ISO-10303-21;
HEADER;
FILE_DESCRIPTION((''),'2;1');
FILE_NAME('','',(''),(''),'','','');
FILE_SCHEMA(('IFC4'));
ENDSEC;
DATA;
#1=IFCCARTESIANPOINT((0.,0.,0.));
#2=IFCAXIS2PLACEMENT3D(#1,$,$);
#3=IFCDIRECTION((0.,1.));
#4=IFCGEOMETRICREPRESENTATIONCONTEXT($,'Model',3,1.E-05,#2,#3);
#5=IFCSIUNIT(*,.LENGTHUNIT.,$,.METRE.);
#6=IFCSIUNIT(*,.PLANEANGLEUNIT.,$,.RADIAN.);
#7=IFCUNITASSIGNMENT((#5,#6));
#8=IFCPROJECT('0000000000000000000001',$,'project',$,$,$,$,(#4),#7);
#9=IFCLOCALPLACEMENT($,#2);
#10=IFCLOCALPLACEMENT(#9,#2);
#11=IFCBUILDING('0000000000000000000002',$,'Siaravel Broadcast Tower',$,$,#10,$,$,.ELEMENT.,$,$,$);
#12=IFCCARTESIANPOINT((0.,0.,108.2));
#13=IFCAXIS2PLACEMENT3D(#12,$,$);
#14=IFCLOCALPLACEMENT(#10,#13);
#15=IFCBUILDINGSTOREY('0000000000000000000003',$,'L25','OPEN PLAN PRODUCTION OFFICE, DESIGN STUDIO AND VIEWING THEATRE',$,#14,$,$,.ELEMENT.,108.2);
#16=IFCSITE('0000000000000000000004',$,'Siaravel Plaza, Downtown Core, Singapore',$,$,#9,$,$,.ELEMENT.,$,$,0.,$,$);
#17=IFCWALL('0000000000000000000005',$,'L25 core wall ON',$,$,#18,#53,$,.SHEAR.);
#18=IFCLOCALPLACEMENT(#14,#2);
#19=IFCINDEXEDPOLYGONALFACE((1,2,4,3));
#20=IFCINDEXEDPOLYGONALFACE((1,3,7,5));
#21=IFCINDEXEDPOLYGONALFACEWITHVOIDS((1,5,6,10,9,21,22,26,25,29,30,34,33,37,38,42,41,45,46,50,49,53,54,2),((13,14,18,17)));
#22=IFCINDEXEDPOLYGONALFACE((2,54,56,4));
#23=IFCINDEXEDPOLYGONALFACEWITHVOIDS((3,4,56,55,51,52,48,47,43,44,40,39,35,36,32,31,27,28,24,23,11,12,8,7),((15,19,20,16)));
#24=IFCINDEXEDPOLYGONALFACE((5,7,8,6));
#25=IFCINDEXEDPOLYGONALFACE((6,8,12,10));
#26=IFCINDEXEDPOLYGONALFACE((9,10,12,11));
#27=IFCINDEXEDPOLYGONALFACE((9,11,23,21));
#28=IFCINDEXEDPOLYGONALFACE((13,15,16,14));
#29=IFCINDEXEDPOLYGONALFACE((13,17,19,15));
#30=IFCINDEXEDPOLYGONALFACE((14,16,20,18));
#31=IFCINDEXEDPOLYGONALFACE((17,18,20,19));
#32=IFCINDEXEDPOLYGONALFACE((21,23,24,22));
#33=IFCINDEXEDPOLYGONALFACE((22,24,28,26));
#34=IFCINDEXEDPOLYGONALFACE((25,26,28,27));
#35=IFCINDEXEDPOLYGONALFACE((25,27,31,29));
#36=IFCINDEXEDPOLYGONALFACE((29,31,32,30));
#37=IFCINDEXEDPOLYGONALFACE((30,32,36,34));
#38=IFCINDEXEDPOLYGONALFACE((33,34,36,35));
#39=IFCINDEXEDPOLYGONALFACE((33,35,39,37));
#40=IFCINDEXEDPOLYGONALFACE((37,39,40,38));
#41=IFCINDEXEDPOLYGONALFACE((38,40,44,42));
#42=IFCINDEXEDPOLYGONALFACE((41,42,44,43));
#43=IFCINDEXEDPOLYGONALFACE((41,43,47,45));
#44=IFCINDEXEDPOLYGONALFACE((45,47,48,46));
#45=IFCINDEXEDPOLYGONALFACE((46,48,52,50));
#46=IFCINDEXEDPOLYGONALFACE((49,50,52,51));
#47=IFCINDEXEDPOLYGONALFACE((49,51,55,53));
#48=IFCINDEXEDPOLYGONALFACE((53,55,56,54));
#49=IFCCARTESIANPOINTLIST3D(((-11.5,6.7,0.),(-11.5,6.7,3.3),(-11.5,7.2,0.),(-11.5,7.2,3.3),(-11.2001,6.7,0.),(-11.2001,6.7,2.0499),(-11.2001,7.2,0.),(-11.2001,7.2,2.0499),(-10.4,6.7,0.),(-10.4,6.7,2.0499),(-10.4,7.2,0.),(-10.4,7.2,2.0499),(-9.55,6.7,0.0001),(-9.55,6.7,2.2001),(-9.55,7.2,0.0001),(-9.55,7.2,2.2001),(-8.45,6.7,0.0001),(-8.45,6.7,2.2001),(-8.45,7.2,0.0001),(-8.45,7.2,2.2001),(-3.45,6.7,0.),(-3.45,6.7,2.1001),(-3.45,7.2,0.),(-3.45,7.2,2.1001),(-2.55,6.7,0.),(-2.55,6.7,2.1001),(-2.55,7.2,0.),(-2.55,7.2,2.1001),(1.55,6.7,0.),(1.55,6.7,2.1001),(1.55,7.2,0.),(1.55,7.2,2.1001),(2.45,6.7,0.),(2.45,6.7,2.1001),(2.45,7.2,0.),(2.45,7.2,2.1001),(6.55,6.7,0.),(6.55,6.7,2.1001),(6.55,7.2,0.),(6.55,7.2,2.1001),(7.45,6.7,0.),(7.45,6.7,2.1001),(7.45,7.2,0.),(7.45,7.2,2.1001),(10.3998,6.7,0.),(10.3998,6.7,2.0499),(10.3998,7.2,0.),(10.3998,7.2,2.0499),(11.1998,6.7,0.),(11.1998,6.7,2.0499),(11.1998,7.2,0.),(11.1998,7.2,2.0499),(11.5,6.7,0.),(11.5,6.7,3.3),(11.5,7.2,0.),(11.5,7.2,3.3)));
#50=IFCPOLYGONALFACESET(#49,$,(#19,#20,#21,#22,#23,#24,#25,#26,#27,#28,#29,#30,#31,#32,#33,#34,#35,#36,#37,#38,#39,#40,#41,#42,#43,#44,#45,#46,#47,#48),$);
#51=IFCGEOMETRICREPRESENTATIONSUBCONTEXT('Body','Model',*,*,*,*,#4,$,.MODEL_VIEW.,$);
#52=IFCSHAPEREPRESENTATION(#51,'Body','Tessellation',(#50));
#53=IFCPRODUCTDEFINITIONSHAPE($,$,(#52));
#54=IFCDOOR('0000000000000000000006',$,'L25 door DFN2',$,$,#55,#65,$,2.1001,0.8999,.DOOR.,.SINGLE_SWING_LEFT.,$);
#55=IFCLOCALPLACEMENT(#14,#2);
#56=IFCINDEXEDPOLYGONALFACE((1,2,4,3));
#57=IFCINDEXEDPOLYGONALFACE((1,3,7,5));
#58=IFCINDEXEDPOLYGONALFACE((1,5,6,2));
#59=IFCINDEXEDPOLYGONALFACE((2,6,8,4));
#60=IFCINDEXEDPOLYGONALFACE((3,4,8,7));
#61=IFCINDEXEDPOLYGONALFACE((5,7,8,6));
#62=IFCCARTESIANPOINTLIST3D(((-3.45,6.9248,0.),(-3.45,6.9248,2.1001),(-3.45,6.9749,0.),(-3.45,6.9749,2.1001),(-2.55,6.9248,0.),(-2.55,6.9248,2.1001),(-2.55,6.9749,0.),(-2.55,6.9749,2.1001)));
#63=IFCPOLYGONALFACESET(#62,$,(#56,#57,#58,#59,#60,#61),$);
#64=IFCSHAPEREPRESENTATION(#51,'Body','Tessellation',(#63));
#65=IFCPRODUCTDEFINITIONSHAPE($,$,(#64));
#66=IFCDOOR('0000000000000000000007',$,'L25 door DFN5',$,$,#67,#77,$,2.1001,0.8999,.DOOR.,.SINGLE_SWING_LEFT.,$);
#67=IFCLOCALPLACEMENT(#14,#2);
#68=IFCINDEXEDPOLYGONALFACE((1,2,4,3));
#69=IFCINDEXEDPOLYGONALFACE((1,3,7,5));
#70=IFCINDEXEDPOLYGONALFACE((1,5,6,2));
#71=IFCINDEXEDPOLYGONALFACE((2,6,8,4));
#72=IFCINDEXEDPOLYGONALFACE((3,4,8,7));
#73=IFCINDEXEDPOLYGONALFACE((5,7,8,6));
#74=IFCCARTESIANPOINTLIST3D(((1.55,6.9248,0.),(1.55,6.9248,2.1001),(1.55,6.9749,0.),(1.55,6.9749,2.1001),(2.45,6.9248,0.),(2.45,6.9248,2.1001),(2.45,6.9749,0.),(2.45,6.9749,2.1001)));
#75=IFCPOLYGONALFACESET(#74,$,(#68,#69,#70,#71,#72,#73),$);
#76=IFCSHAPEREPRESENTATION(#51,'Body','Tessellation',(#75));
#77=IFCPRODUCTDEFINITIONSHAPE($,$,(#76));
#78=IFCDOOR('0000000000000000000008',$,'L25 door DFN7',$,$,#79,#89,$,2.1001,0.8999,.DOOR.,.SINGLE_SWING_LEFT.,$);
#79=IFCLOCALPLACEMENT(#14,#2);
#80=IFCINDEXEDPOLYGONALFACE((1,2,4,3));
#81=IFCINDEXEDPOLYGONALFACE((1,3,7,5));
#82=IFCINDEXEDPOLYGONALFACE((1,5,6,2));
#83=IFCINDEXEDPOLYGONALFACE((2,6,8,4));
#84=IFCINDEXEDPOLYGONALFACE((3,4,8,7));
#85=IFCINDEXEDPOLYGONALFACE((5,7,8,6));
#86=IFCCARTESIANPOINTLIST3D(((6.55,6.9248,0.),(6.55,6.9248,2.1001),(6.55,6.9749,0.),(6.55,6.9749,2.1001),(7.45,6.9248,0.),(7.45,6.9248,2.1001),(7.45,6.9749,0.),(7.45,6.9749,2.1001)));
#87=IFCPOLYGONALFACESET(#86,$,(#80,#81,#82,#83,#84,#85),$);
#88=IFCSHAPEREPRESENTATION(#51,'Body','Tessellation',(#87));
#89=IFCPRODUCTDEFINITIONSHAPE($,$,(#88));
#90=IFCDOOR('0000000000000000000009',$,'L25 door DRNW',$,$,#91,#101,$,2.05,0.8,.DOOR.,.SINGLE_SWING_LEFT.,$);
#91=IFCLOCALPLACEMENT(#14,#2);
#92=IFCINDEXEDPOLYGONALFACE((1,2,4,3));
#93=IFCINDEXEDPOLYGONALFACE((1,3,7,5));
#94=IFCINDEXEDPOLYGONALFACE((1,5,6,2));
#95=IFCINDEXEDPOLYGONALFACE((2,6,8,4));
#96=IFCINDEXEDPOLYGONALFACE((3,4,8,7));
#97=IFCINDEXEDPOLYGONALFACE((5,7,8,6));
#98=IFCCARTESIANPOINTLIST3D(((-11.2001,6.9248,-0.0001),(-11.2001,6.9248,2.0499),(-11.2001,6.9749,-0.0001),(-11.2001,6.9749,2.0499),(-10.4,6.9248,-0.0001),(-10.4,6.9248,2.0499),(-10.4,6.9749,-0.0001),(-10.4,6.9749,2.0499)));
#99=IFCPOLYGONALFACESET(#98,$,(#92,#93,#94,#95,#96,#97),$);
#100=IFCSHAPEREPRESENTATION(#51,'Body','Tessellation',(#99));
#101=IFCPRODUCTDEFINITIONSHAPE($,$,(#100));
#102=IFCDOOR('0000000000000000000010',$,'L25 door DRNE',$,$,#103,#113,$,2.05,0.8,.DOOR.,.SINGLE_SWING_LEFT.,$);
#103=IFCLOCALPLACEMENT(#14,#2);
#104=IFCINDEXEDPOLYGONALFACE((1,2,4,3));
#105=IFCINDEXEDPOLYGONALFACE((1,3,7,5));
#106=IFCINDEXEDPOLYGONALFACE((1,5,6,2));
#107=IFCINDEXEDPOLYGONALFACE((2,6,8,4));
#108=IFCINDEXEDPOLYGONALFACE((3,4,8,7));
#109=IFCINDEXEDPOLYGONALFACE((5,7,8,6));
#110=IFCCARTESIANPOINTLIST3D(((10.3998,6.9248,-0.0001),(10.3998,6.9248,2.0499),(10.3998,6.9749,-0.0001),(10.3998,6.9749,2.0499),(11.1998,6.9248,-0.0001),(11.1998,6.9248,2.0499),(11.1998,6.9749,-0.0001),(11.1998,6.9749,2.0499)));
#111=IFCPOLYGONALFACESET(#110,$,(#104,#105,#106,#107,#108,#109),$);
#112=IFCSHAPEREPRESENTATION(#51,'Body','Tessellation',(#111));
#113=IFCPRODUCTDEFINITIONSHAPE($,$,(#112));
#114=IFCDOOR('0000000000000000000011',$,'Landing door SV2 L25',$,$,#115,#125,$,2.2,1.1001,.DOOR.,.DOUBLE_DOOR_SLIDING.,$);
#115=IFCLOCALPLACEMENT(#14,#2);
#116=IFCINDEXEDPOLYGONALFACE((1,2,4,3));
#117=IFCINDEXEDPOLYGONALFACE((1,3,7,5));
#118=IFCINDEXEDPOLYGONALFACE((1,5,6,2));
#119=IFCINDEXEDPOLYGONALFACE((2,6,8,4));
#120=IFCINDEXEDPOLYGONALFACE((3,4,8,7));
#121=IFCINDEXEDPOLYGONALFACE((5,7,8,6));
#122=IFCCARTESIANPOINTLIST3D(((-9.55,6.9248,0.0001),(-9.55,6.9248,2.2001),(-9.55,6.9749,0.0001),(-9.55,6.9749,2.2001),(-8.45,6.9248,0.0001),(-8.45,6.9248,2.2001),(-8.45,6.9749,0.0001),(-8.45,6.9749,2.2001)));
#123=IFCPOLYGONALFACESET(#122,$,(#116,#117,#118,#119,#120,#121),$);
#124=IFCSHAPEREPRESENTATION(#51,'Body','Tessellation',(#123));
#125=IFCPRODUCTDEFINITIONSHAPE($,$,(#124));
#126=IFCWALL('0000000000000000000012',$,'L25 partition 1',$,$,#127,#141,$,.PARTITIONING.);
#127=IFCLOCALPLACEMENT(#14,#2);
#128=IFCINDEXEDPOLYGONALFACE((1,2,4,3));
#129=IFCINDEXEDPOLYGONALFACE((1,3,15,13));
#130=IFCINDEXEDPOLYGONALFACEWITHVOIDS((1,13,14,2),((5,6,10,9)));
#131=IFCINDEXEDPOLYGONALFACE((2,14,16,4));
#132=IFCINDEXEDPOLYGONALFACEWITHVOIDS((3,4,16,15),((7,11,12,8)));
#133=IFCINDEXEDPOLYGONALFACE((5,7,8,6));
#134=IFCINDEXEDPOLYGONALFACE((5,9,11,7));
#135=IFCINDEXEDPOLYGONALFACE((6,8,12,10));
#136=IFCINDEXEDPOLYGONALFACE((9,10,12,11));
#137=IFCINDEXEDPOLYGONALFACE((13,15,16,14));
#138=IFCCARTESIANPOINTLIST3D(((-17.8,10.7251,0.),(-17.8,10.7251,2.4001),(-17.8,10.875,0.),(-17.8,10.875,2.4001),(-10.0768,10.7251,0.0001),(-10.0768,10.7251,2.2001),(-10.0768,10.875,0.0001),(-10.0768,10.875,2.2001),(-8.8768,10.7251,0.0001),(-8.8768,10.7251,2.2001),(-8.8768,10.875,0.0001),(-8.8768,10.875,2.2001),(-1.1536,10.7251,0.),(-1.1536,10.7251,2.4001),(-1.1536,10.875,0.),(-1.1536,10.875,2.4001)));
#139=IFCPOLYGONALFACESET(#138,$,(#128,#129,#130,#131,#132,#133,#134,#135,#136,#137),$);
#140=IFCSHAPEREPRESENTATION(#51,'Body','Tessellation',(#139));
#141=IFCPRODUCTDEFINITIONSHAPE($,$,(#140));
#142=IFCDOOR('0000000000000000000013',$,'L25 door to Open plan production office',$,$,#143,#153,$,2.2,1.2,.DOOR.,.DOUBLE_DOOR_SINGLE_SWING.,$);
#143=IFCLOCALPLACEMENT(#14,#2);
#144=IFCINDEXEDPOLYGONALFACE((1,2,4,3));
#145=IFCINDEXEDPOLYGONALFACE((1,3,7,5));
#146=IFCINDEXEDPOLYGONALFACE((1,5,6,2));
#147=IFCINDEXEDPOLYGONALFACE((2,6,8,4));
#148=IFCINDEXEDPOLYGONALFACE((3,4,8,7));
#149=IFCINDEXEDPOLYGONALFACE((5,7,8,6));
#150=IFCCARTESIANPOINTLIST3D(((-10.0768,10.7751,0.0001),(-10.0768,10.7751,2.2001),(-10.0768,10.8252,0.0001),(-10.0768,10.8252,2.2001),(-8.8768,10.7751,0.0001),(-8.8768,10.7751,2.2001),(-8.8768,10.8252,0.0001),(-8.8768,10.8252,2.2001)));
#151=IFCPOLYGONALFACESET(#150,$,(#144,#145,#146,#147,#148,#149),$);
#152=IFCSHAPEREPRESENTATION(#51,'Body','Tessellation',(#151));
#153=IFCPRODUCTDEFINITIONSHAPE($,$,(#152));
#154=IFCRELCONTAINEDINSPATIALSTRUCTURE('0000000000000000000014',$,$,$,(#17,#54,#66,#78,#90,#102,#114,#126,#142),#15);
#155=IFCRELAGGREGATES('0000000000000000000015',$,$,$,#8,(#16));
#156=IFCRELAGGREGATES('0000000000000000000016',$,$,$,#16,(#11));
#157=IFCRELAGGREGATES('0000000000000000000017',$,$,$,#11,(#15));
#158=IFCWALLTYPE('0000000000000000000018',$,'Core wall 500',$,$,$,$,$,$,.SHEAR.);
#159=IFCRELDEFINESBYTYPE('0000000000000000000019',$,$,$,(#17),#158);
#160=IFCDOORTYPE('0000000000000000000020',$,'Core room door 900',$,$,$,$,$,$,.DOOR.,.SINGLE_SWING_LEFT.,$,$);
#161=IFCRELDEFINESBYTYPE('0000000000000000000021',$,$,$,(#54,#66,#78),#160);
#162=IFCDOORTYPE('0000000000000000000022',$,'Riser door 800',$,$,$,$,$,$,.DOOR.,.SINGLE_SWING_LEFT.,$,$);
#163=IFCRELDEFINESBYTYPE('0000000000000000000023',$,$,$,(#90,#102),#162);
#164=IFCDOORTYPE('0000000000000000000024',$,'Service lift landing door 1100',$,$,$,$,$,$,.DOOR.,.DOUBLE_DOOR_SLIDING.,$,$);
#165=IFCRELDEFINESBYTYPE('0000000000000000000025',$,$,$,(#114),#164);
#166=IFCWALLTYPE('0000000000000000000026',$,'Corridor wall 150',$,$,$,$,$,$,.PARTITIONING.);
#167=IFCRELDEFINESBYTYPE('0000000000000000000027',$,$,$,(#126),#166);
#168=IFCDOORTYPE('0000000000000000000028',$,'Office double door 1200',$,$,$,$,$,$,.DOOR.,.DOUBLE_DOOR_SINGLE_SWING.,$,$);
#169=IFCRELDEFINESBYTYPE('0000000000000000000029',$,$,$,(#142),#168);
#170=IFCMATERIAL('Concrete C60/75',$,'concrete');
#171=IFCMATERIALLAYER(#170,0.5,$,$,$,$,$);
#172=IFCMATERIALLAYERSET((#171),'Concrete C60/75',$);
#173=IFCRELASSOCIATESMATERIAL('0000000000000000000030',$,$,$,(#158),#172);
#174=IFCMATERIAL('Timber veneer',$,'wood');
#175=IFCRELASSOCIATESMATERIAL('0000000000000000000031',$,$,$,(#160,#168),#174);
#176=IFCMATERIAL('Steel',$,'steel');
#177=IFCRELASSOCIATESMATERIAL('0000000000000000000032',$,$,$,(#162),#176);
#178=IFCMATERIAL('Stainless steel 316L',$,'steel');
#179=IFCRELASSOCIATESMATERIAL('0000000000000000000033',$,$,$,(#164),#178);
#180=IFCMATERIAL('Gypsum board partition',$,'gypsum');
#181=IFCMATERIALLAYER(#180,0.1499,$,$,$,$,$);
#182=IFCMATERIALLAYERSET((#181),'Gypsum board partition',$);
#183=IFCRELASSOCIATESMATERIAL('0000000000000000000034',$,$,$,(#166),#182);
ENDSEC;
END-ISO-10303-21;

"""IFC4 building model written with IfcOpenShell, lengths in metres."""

from ifc_helpers import new_model, si_unit, direction, frame, frame_2d, origin, place, context, subcontext, project, spatial, rectangle, extrude, material, layer, layer_set, type_object, element, fill, save


model = new_model("IFC4")

# Units and contexts
model_context = context("Model", 3, precision=1e-05, world=origin(), true_north=direction((0.0, 1.0)))
body_context = subcontext(model_context, "Body", "Model", "MODEL_VIEW")
ifc_project = project(units=[si_unit("LENGTHUNIT", "METRE"), si_unit("PLANEANGLEUNIT", "RADIAN")], contexts=[model_context])

# Site, building, storey
site_placement = place(None, origin())
site = spatial("IfcSite", under=ifc_project, at=site_placement, Name="Siaravel Plaza, Downtown Core, Singapore", CompositionType="ELEMENT", RefElevation=0.0)
building_placement = place(site_placement, origin())
building = spatial("IfcBuilding", under=site, at=building_placement, Name="Siaravel Broadcast Tower", CompositionType="ELEMENT")
storey_placement = place(building_placement, frame((0.0, 0.0, 108.2)))
storey = spatial("IfcBuildingStorey", under=building, at=storey_placement, Name="L25", Description="OPEN PLAN PRODUCTION OFFICE, DESIGN STUDIO AND VIEWING THEATRE", CompositionType="ELEMENT", Elevation=108.2)

# Shared definitions
ifc_material_1 = material(Name="Concrete C60/75", Category="concrete")

# Wall, openings, doors
ifc_layer_1 = layer(ifc_material_1, 0.5)
ifc_layer_set_1 = layer_set([ifc_layer_1], Name="Concrete C60/75")
wall_type_1 = type_object("IfcWallType", Name="Core wall 500", PredefinedType="SHEAR", material=ifc_layer_set_1)
wall_1_placement = place(storey_placement, frame((-11.5, 6.95, 0.0), z_axis=(0.0, 0.0, 1.0), x_axis=(1.0, 0.0, 0.0)))
wall_1 = element("IfcWall", 1, at=wall_1_placement, inside=storey, type_object=wall_type_1, Name="L25 core wall ON", PredefinedType="SHEAR", context=body_context, shape_type="SweptSolid", body=[
    extrude(rectangle(XDim=23.0, YDim=0.5, at=frame_2d((11.5, 0.0))), origin(), (0.0, 0.0, 1.0), 3.3),
])
opening_1_placement = place(wall_1_placement, frame((1.95, 0.0, 0.0)))
opening_1 = element("IfcOpeningElement", 2, at=opening_1_placement, cuts=wall_1, PredefinedType="OPENING", context=body_context, shape_type="SweptSolid", body=[
    extrude(rectangle(XDim=1.1001, YDim=2.2, at=frame_2d((0.55, 1.1001))), frame((0.0, 0.26, 0.0), z_axis=(0.0, -1.0, 0.0), x_axis=(1.0, 0.0, 0.0)), (0.0, 0.0, 1.0), 0.52),
])
opening_2_placement = place(wall_1_placement, frame((8.05, 0.0, 0.0)))
opening_2 = element("IfcOpeningElement", 3, at=opening_2_placement, cuts=wall_1, PredefinedType="OPENING", context=body_context, shape_type="SweptSolid", body=[
    extrude(rectangle(XDim=0.8999, YDim=2.1001, at=frame_2d((0.45, 1.05))), frame((0.0, 0.26, 0.0), z_axis=(0.0, -1.0, 0.0), x_axis=(1.0, 0.0, 0.0)), (0.0, 0.0, 1.0), 0.52),
])
opening_3_placement = place(wall_1_placement, frame((13.05, 0.0, 0.0)))
opening_3 = element("IfcOpeningElement", 4, at=opening_3_placement, cuts=wall_1, PredefinedType="OPENING", context=body_context, shape_type="SweptSolid", body=[
    extrude(rectangle(XDim=0.8999, YDim=2.1001, at=frame_2d((0.45, 1.05))), frame((0.0, 0.26, 0.0), z_axis=(0.0, -1.0, 0.0), x_axis=(1.0, 0.0, 0.0)), (0.0, 0.0, 1.0), 0.52),
])
opening_4_placement = place(wall_1_placement, frame((18.05, 0.0, 0.0)))
opening_4 = element("IfcOpeningElement", 5, at=opening_4_placement, cuts=wall_1, PredefinedType="OPENING", context=body_context, shape_type="SweptSolid", body=[
    extrude(rectangle(XDim=0.8999, YDim=2.1001, at=frame_2d((0.45, 1.05))), frame((0.0, 0.26, 0.0), z_axis=(0.0, -1.0, 0.0), x_axis=(1.0, 0.0, 0.0)), (0.0, 0.0, 1.0), 0.52),
])
opening_5_placement = place(wall_1_placement, frame((0.3, 0.0, 0.0)))
opening_5 = element("IfcOpeningElement", 6, at=opening_5_placement, cuts=wall_1, PredefinedType="OPENING", context=body_context, shape_type="SweptSolid", body=[
    extrude(rectangle(XDim=0.8, YDim=2.05, at=frame_2d((0.3999, 1.0249))), frame((0.0, 0.26, 0.0), z_axis=(0.0, -1.0, 0.0), x_axis=(1.0, 0.0, 0.0)), (0.0, 0.0, 1.0), 0.52),
])
opening_6_placement = place(wall_1_placement, frame((21.8999, 0.0, 0.0)))
opening_6 = element("IfcOpeningElement", 7, at=opening_6_placement, cuts=wall_1, PredefinedType="OPENING", context=body_context, shape_type="SweptSolid", body=[
    extrude(rectangle(XDim=0.8, YDim=2.05, at=frame_2d((0.3999, 1.0249))), frame((0.0, 0.26, 0.0), z_axis=(0.0, -1.0, 0.0), x_axis=(1.0, 0.0, 0.0)), (0.0, 0.0, 1.0), 0.52),
])
ifc_material_2 = material(Name="Timber veneer", Category="wood")
door_type_1 = type_object("IfcDoorType", Name="Core room door 900", OperationType="SINGLE_SWING_LEFT", PredefinedType="DOOR", material=ifc_material_2)
door_1_placement = place(opening_2_placement, origin())
door_1 = element("IfcDoor", 8, at=door_1_placement, inside=storey, type_object=door_type_1, Name="L25 door DFN2", OperationType="SINGLE_SWING_LEFT", OverallHeight=2.1001, OverallWidth=0.8999, PredefinedType="DOOR", context=body_context, shape_type="SweptSolid", body=[
    extrude(rectangle(XDim=0.8999, YDim=2.1001, at=frame_2d((0.45, 1.05))), frame((0.0, 0.0249, 0.0), z_axis=(0.0, -1.0, 0.0), x_axis=(1.0, 0.0, 0.0)), (0.0, 0.0, 1.0), 0.05),
])
fill(opening_2, door_1)
door_2_placement = place(opening_3_placement, origin())
door_2 = element("IfcDoor", 9, at=door_2_placement, inside=storey, type_object=door_type_1, Name="L25 door DFN5", OperationType="SINGLE_SWING_LEFT", OverallHeight=2.1001, OverallWidth=0.8999, PredefinedType="DOOR", context=body_context, shape_type="SweptSolid", body=[
    extrude(rectangle(XDim=0.8999, YDim=2.1001, at=frame_2d((0.45, 1.05))), frame((0.0, 0.0249, 0.0), z_axis=(0.0, -1.0, 0.0), x_axis=(1.0, 0.0, 0.0)), (0.0, 0.0, 1.0), 0.05),
])
fill(opening_3, door_2)
door_3_placement = place(opening_4_placement, origin())
door_3 = element("IfcDoor", 10, at=door_3_placement, inside=storey, type_object=door_type_1, Name="L25 door DFN7", OperationType="SINGLE_SWING_LEFT", OverallHeight=2.1001, OverallWidth=0.8999, PredefinedType="DOOR", context=body_context, shape_type="SweptSolid", body=[
    extrude(rectangle(XDim=0.8999, YDim=2.1001, at=frame_2d((0.45, 1.05))), frame((0.0, 0.0249, 0.0), z_axis=(0.0, -1.0, 0.0), x_axis=(1.0, 0.0, 0.0)), (0.0, 0.0, 1.0), 0.05),
])
fill(opening_4, door_3)
ifc_material_3 = material(Name="Steel", Category="steel")
door_type_2 = type_object("IfcDoorType", Name="Riser door 800", OperationType="SINGLE_SWING_LEFT", PredefinedType="DOOR", material=ifc_material_3)
door_4_placement = place(opening_5_placement, origin())
door_4 = element("IfcDoor", 11, at=door_4_placement, inside=storey, type_object=door_type_2, Name="L25 door DRNW", OperationType="SINGLE_SWING_LEFT", OverallHeight=2.05, OverallWidth=0.8, PredefinedType="DOOR", context=body_context, shape_type="SweptSolid", body=[
    extrude(rectangle(XDim=0.8, YDim=2.05, at=frame_2d((0.3999, 1.0249))), frame((0.0, 0.0249, 0.0), z_axis=(0.0, -1.0, 0.0), x_axis=(1.0, 0.0, 0.0)), (0.0, 0.0, 1.0), 0.05),
])
fill(opening_5, door_4)
door_5_placement = place(opening_6_placement, origin())
door_5 = element("IfcDoor", 12, at=door_5_placement, inside=storey, type_object=door_type_2, Name="L25 door DRNE", OperationType="SINGLE_SWING_LEFT", OverallHeight=2.05, OverallWidth=0.8, PredefinedType="DOOR", context=body_context, shape_type="SweptSolid", body=[
    extrude(rectangle(XDim=0.8, YDim=2.05, at=frame_2d((0.3999, 1.0249))), frame((0.0, 0.0249, 0.0), z_axis=(0.0, -1.0, 0.0), x_axis=(1.0, 0.0, 0.0)), (0.0, 0.0, 1.0), 0.05),
])
fill(opening_6, door_5)
ifc_material_4 = material(Name="Stainless steel 316L", Category="steel")
door_type_3 = type_object("IfcDoorType", Name="Service lift landing door 1100", OperationType="DOUBLE_DOOR_SLIDING", PredefinedType="DOOR", material=ifc_material_4)
door_6_placement = place(opening_1_placement, origin())
door_6 = element("IfcDoor", 13, at=door_6_placement, inside=storey, type_object=door_type_3, Name="Landing door SV2 L25", OperationType="DOUBLE_DOOR_SLIDING", OverallHeight=2.2, OverallWidth=1.1001, PredefinedType="DOOR", context=body_context, shape_type="SweptSolid", body=[
    extrude(rectangle(XDim=1.1001, YDim=2.2, at=frame_2d((0.55, 1.1001))), frame((0.0, 0.0249, 0.0), z_axis=(0.0, -1.0, 0.0), x_axis=(1.0, 0.0, 0.0)), (0.0, 0.0, 1.0), 0.05),
])
fill(opening_1, door_6)

# Wall, opening, door
ifc_material_5 = material(Name="Gypsum board partition", Category="gypsum")
ifc_layer_2 = layer(ifc_material_5, 0.1499)
ifc_layer_set_2 = layer_set([ifc_layer_2], Name="Gypsum board partition")
wall_type_2 = type_object("IfcWallType", Name="Corridor wall 150", PredefinedType="PARTITIONING", material=ifc_layer_set_2)
wall_2_placement = place(storey_placement, frame((-1.1536, 10.8, 0.0), z_axis=(0.0, 0.0, 1.0), x_axis=(-1.0, 0.0, 0.0)))
wall_2 = element("IfcWall", 14, at=wall_2_placement, inside=storey, type_object=wall_type_2, Name="L25 partition 1", PredefinedType="PARTITIONING", context=body_context, shape_type="SweptSolid", body=[
    extrude(rectangle(XDim=16.6465, YDim=0.1499, at=frame_2d((8.3232, 0.0))), origin(), (0.0, 0.0, 1.0), 2.4001),
])
opening_7_placement = place(wall_2_placement, frame((7.7231, 0.0, 0.0)))
opening_7 = element("IfcOpeningElement", 15, at=opening_7_placement, cuts=wall_2, PredefinedType="OPENING", context=body_context, shape_type="SweptSolid", body=[
    extrude(rectangle(XDim=1.2, YDim=2.2, at=frame_2d((0.6001, 1.1001))), frame((0.0, 0.085, 0.0), z_axis=(0.0, -1.0, 0.0), x_axis=(1.0, 0.0, 0.0)), (0.0, 0.0, 1.0), 0.1699),
])
door_type_4 = type_object("IfcDoorType", Name="Office double door 1200", OperationType="DOUBLE_DOOR_SINGLE_SWING", PredefinedType="DOOR", material=ifc_material_2)
door_7_placement = place(opening_7_placement, origin())
door_7 = element("IfcDoor", 16, at=door_7_placement, inside=storey, type_object=door_type_4, Name="L25 door to Open plan production office", OperationType="DOUBLE_DOOR_SINGLE_SWING", OverallHeight=2.2, OverallWidth=1.2, PredefinedType="DOOR", context=body_context, shape_type="SweptSolid", body=[
    extrude(rectangle(XDim=1.2, YDim=2.2, at=frame_2d((0.6001, 1.1001))), frame((0.0, 0.0249, 0.0), z_axis=(0.0, -1.0, 0.0), x_axis=(1.0, 0.0, 0.0)), (0.0, 0.0, 1.0), 0.05),
])
fill(opening_7, door_7)

save(model, "model.ifc")
